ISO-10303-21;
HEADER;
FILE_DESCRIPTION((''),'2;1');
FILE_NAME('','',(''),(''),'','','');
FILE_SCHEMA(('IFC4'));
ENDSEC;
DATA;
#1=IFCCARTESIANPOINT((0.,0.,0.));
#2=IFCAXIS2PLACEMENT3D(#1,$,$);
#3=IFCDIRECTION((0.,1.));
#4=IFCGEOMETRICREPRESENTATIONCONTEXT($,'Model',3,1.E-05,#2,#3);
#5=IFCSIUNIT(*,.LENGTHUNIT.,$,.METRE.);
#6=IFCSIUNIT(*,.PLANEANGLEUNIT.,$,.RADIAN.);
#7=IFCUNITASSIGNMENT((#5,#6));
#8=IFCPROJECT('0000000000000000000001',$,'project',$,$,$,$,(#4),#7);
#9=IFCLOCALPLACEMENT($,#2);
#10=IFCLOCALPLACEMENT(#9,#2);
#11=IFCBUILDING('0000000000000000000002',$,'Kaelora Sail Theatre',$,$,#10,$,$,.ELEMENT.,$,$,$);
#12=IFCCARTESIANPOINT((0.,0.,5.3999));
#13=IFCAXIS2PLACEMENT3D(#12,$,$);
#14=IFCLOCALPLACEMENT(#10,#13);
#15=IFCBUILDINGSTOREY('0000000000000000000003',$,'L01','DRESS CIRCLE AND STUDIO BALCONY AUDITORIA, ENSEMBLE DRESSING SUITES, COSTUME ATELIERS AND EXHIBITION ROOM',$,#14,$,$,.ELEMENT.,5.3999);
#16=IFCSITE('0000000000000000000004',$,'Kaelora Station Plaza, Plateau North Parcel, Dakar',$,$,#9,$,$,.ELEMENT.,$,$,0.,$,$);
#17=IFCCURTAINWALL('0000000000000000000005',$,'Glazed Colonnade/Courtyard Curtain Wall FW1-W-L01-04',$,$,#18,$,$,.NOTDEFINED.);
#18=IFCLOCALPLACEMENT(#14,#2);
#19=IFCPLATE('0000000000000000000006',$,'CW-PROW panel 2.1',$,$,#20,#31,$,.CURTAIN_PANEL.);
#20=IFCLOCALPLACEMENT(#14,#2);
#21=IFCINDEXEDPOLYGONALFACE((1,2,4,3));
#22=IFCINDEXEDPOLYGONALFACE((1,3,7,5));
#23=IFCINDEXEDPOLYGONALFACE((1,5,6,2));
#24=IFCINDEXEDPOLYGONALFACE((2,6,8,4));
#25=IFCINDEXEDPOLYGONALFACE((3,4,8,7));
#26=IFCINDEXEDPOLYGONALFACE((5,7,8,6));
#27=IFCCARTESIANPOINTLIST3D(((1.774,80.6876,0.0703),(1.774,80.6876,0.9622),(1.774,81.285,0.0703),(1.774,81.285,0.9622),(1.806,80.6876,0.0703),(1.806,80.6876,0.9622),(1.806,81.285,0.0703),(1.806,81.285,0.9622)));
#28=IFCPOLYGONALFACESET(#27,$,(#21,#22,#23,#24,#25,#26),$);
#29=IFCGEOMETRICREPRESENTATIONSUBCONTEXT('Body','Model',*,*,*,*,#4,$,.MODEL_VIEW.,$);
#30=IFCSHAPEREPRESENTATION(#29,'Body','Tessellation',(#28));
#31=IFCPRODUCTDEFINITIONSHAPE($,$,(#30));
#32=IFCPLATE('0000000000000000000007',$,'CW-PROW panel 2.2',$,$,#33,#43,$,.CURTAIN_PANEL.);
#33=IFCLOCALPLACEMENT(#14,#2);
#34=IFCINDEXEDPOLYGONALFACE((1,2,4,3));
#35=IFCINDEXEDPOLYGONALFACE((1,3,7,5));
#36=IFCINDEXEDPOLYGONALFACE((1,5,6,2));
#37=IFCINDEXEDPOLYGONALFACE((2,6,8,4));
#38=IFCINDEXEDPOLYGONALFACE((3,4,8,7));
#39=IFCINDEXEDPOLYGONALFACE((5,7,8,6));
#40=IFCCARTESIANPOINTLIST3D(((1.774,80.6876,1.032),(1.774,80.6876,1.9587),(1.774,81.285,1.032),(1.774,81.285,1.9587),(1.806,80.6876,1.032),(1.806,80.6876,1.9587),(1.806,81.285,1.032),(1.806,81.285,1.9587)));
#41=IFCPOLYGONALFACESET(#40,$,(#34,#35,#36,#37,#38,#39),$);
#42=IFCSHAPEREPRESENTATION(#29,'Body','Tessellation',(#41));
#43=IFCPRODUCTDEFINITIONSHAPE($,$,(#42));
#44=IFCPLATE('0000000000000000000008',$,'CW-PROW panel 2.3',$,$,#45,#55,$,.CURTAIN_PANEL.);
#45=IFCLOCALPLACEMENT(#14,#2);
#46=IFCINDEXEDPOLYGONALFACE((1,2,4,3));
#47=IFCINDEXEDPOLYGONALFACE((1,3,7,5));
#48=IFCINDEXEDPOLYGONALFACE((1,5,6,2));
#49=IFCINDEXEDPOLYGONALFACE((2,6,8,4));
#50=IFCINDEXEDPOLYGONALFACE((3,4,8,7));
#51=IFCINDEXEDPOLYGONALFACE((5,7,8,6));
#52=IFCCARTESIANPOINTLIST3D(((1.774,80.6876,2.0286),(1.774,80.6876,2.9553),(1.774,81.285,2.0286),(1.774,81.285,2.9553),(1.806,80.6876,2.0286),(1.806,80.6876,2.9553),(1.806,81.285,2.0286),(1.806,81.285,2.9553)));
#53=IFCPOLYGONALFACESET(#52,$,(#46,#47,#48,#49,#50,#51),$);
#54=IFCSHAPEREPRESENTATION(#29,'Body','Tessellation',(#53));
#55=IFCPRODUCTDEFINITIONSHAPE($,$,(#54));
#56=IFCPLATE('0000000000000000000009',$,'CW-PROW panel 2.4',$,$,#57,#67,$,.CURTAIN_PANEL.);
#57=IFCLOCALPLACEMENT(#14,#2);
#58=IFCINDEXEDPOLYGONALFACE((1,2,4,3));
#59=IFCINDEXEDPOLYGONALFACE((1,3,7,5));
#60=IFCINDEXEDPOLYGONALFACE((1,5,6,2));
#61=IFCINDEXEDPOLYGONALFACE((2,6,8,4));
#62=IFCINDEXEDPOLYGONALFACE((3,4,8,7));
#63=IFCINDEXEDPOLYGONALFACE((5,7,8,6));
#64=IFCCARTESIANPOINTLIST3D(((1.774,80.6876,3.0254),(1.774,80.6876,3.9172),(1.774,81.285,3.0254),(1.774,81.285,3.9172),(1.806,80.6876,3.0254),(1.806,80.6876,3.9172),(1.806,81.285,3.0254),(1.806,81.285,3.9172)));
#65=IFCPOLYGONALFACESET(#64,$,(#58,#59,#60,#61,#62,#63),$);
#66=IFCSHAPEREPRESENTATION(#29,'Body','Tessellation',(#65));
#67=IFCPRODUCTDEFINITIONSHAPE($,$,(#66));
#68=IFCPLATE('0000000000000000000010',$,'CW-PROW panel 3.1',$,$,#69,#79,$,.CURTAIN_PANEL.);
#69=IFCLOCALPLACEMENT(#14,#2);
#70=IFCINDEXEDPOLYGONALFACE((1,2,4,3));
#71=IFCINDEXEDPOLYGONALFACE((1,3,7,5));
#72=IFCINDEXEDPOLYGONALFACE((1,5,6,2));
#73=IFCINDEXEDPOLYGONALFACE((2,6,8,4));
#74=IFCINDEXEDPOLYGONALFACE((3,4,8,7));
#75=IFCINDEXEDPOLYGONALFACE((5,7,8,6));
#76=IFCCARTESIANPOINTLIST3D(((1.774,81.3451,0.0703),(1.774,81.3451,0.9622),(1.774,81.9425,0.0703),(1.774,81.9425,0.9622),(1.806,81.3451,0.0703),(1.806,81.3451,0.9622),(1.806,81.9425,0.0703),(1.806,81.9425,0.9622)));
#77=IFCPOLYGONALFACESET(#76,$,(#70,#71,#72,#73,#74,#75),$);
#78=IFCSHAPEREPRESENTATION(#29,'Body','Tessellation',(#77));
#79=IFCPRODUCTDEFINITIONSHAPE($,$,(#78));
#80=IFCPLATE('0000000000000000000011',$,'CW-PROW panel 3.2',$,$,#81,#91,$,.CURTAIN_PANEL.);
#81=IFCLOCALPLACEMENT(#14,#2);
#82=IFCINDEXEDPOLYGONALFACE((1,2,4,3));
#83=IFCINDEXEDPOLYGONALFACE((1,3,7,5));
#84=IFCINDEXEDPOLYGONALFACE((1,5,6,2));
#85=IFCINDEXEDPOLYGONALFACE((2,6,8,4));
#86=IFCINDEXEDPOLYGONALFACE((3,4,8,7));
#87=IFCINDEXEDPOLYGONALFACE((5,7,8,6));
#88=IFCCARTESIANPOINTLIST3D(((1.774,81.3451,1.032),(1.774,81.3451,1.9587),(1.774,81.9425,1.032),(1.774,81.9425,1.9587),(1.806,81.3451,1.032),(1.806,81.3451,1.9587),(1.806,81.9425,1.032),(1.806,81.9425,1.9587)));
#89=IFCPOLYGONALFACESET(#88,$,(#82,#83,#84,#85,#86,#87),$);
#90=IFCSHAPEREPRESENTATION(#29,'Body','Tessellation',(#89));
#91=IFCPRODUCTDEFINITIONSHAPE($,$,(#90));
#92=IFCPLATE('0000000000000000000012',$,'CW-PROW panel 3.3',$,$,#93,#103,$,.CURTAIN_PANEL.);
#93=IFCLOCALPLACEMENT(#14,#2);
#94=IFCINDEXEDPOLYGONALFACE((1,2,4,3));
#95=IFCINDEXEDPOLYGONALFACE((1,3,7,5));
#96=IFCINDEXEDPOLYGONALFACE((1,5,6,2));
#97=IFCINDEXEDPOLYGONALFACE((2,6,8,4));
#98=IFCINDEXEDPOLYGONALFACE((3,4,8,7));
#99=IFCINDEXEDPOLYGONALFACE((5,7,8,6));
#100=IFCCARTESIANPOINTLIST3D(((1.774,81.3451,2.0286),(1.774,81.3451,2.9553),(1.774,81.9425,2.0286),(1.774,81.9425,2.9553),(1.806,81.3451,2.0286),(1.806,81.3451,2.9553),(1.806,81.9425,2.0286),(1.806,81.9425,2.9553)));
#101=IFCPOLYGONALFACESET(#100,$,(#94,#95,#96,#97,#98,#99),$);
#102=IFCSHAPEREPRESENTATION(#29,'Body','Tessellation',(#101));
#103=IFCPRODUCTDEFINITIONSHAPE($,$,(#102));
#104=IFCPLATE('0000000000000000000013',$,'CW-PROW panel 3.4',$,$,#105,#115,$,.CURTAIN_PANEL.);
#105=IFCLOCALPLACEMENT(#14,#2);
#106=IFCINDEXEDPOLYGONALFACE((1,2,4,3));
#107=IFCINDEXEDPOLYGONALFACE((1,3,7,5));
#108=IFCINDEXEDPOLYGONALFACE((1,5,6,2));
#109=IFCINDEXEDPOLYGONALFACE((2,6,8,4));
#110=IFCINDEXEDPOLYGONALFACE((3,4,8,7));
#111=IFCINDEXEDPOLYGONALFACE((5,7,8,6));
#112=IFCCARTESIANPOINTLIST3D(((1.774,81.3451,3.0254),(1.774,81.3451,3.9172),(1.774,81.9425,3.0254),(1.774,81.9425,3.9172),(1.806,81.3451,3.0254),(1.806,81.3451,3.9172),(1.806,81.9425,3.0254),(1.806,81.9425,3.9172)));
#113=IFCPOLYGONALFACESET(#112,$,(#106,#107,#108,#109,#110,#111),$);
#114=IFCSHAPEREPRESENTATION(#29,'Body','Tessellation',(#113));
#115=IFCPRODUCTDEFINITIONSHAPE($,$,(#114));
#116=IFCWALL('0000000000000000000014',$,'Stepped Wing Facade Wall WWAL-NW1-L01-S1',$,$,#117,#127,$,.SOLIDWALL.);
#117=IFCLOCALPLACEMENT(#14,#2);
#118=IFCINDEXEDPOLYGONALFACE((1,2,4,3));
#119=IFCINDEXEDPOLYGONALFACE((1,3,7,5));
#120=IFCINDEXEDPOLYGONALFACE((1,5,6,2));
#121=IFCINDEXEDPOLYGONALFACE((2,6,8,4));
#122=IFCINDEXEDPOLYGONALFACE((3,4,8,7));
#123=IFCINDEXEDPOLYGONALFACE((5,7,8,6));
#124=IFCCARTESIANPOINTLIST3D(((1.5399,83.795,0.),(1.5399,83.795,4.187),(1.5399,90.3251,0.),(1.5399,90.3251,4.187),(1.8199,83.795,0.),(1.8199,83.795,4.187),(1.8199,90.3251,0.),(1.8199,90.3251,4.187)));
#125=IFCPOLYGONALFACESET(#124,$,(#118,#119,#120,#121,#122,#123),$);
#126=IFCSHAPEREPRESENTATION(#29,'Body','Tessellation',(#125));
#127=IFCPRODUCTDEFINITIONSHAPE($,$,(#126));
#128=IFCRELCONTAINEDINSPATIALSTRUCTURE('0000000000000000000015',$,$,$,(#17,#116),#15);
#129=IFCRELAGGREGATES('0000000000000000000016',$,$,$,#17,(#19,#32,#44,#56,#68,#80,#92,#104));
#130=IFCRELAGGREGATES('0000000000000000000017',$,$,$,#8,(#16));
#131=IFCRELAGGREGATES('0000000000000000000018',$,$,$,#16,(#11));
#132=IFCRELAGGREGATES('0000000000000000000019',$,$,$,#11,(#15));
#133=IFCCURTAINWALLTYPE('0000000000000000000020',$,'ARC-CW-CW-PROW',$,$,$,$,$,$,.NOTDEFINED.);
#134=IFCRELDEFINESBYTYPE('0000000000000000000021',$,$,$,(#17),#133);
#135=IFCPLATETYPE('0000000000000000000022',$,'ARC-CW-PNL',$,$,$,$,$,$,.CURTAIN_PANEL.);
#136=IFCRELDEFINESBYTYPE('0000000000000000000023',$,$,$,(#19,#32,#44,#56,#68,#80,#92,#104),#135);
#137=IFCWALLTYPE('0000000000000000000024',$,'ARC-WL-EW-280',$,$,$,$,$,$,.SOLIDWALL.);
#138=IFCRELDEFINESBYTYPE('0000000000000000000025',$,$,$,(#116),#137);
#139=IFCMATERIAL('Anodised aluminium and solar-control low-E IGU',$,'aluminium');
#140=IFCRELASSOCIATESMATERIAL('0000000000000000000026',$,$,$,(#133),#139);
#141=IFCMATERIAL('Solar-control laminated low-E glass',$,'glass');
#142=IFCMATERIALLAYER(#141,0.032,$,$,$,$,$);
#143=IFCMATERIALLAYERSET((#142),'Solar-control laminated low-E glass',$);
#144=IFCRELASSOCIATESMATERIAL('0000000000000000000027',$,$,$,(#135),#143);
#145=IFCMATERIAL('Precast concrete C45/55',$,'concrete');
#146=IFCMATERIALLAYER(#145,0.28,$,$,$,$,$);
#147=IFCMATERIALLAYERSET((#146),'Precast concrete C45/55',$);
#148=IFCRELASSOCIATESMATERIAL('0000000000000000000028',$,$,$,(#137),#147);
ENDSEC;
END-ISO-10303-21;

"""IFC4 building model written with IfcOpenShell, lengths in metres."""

from ifc_helpers import new_model, si_unit, direction, frame, frame_2d, origin, origin_2d, place, context, subcontext, project, spatial, rectangle, extrude, material, layer, layer_set, type_object, element, aggregate, save


model = new_model("IFC4")

# Units and contexts
model_context = context("Model", 3, precision=1e-05, world=origin(), true_north=direction((0.0, 1.0)))
body_context = subcontext(model_context, "Body", "Model", "MODEL_VIEW")
ifc_project = project(units=[si_unit("LENGTHUNIT", "METRE"), si_unit("PLANEANGLEUNIT", "RADIAN")], contexts=[model_context])

# Site, building, storey
site_placement = place(None, origin())
site = spatial("IfcSite", under=ifc_project, at=site_placement, Name="Kaelora Station Plaza, Plateau North Parcel, Dakar", CompositionType="ELEMENT", RefElevation=0.0)
building_placement = place(site_placement, origin())
building = spatial("IfcBuilding", under=site, at=building_placement, Name="Kaelora Sail Theatre", CompositionType="ELEMENT")
storey_placement = place(building_placement, frame((0.0, 0.0, 5.3999)))
storey = spatial("IfcBuildingStorey", under=building, at=storey_placement, Name="L01", Description="DRESS CIRCLE AND STUDIO BALCONY AUDITORIA, ENSEMBLE DRESSING SUITES, COSTUME ATELIERS AND EXHIBITION ROOM", CompositionType="ELEMENT", Elevation=5.3999)

# Curtain wall
ifc_material_1 = material(Name="Anodised aluminium and solar-control low-E IGU", Category="aluminium")
curtain_wall_type = type_object("IfcCurtainWallType", Name="ARC-CW-CW-PROW", PredefinedType="NOTDEFINED", material=ifc_material_1)
curtain_wall_placement = place(storey_placement, origin())
curtain_wall = element("IfcCurtainWall", 1, at=curtain_wall_placement, inside=storey, type_object=curtain_wall_type, Name="Glazed Colonnade/Courtyard Curtain Wall FW1-W-L01-04", PredefinedType="NOTDEFINED")

# Plates
ifc_material_2 = material(Name="Solar-control laminated low-E glass", Category="glass")
ifc_layer_1 = layer(ifc_material_2, 0.032)
ifc_layer_set_1 = layer_set([ifc_layer_1], Name="Solar-control laminated low-E glass")
plate_type = type_object("IfcPlateType", Name="ARC-CW-PNL", PredefinedType="CURTAIN_PANEL", material=ifc_layer_set_1)
plate_1_placement = place(storey_placement, frame((1.79, 80.9863, 0.0703), z_axis=(0.0, 0.0, 1.0), x_axis=(0.0, 1.0, 0.0)))
plate_1 = element("IfcPlate", 2, at=plate_1_placement, type_object=plate_type, Name="CW-PROW panel 2.1", PredefinedType="CURTAIN_PANEL", context=body_context, shape_type="SweptSolid", body=[
    extrude(rectangle(XDim=0.5974, YDim=0.032, at=origin_2d()), origin(), (0.0, 0.0, 1.0), 0.8918),
])
plate_2_placement = place(storey_placement, frame((1.79, 80.9863, 1.032), z_axis=(0.0, 0.0, 1.0), x_axis=(0.0, 1.0, 0.0)))
plate_2 = element("IfcPlate", 3, at=plate_2_placement, type_object=plate_type, Name="CW-PROW panel 2.2", PredefinedType="CURTAIN_PANEL", context=body_context, shape_type="SweptSolid", body=[
    extrude(rectangle(XDim=0.5974, YDim=0.032, at=origin_2d()), origin(), (0.0, 0.0, 1.0), 0.9268),
])
plate_3_placement = place(storey_placement, frame((1.79, 80.9863, 2.0286), z_axis=(0.0, 0.0, 1.0), x_axis=(0.0, 1.0, 0.0)))
plate_3 = element("IfcPlate", 4, at=plate_3_placement, type_object=plate_type, Name="CW-PROW panel 2.3", PredefinedType="CURTAIN_PANEL", context=body_context, shape_type="SweptSolid", body=[
    extrude(rectangle(XDim=0.5974, YDim=0.032, at=origin_2d()), origin(), (0.0, 0.0, 1.0), 0.9268),
])
plate_4_placement = place(storey_placement, frame((1.79, 80.9863, 3.0254), z_axis=(0.0, 0.0, 1.0), x_axis=(0.0, 1.0, 0.0)))
plate_4 = element("IfcPlate", 5, at=plate_4_placement, type_object=plate_type, Name="CW-PROW panel 2.4", PredefinedType="CURTAIN_PANEL", context=body_context, shape_type="SweptSolid", body=[
    extrude(rectangle(XDim=0.5974, YDim=0.032, at=origin_2d()), origin(), (0.0, 0.0, 1.0), 0.8918),
])
plate_5_placement = place(storey_placement, frame((1.79, 81.6438, 0.0703), z_axis=(0.0, 0.0, 1.0), x_axis=(0.0, 1.0, 0.0)))
plate_5 = element("IfcPlate", 6, at=plate_5_placement, type_object=plate_type, Name="CW-PROW panel 3.1", PredefinedType="CURTAIN_PANEL", context=body_context, shape_type="SweptSolid", body=[
    extrude(rectangle(XDim=0.5974, YDim=0.032, at=origin_2d()), origin(), (0.0, 0.0, 1.0), 0.8918),
])
plate_6_placement = place(storey_placement, frame((1.79, 81.6438, 1.032), z_axis=(0.0, 0.0, 1.0), x_axis=(0.0, 1.0, 0.0)))
plate_6 = element("IfcPlate", 7, at=plate_6_placement, type_object=plate_type, Name="CW-PROW panel 3.2", PredefinedType="CURTAIN_PANEL", context=body_context, shape_type="SweptSolid", body=[
    extrude(rectangle(XDim=0.5974, YDim=0.032, at=origin_2d()), origin(), (0.0, 0.0, 1.0), 0.9268),
])
plate_7_placement = place(storey_placement, frame((1.79, 81.6438, 2.0286), z_axis=(0.0, 0.0, 1.0), x_axis=(0.0, 1.0, 0.0)))
plate_7 = element("IfcPlate", 8, at=plate_7_placement, type_object=plate_type, Name="CW-PROW panel 3.3", PredefinedType="CURTAIN_PANEL", context=body_context, shape_type="SweptSolid", body=[
    extrude(rectangle(XDim=0.5974, YDim=0.032, at=origin_2d()), origin(), (0.0, 0.0, 1.0), 0.9268),
])
plate_8_placement = place(storey_placement, frame((1.79, 81.6438, 3.0254), z_axis=(0.0, 0.0, 1.0), x_axis=(0.0, 1.0, 0.0)))
plate_8 = element("IfcPlate", 9, at=plate_8_placement, type_object=plate_type, Name="CW-PROW panel 3.4", PredefinedType="CURTAIN_PANEL", context=body_context, shape_type="SweptSolid", body=[
    extrude(rectangle(XDim=0.5974, YDim=0.032, at=origin_2d()), origin(), (0.0, 0.0, 1.0), 0.8918),
])
aggregate(curtain_wall, [plate_1, plate_2, plate_3, plate_4, plate_5, plate_6, plate_7, plate_8])

# Wall
ifc_material_3 = material(Name="Precast concrete C45/55", Category="concrete")
ifc_layer_2 = layer(ifc_material_3, 0.28)
ifc_layer_set_2 = layer_set([ifc_layer_2], Name="Precast concrete C45/55")
wall_type = type_object("IfcWallType", Name="ARC-WL-EW-280", PredefinedType="SOLIDWALL", material=ifc_layer_set_2)
wall_placement = place(storey_placement, frame((1.6799, 83.7949, 0.0), z_axis=(0.0, 0.0, 1.0), x_axis=(0.0, 1.0, 0.0)))
element("IfcWall", 10, at=wall_placement, inside=storey, type_object=wall_type, Name="Stepped Wing Facade Wall WWAL-NW1-L01-S1", PredefinedType="SOLIDWALL", context=body_context, shape_type="SweptSolid", body=[
    extrude(rectangle(XDim=6.53, YDim=0.28, at=frame_2d((3.2651, 0.0))), origin(), (0.0, 0.0, 1.0), 4.187),
])

save(model, "model.ifc")
